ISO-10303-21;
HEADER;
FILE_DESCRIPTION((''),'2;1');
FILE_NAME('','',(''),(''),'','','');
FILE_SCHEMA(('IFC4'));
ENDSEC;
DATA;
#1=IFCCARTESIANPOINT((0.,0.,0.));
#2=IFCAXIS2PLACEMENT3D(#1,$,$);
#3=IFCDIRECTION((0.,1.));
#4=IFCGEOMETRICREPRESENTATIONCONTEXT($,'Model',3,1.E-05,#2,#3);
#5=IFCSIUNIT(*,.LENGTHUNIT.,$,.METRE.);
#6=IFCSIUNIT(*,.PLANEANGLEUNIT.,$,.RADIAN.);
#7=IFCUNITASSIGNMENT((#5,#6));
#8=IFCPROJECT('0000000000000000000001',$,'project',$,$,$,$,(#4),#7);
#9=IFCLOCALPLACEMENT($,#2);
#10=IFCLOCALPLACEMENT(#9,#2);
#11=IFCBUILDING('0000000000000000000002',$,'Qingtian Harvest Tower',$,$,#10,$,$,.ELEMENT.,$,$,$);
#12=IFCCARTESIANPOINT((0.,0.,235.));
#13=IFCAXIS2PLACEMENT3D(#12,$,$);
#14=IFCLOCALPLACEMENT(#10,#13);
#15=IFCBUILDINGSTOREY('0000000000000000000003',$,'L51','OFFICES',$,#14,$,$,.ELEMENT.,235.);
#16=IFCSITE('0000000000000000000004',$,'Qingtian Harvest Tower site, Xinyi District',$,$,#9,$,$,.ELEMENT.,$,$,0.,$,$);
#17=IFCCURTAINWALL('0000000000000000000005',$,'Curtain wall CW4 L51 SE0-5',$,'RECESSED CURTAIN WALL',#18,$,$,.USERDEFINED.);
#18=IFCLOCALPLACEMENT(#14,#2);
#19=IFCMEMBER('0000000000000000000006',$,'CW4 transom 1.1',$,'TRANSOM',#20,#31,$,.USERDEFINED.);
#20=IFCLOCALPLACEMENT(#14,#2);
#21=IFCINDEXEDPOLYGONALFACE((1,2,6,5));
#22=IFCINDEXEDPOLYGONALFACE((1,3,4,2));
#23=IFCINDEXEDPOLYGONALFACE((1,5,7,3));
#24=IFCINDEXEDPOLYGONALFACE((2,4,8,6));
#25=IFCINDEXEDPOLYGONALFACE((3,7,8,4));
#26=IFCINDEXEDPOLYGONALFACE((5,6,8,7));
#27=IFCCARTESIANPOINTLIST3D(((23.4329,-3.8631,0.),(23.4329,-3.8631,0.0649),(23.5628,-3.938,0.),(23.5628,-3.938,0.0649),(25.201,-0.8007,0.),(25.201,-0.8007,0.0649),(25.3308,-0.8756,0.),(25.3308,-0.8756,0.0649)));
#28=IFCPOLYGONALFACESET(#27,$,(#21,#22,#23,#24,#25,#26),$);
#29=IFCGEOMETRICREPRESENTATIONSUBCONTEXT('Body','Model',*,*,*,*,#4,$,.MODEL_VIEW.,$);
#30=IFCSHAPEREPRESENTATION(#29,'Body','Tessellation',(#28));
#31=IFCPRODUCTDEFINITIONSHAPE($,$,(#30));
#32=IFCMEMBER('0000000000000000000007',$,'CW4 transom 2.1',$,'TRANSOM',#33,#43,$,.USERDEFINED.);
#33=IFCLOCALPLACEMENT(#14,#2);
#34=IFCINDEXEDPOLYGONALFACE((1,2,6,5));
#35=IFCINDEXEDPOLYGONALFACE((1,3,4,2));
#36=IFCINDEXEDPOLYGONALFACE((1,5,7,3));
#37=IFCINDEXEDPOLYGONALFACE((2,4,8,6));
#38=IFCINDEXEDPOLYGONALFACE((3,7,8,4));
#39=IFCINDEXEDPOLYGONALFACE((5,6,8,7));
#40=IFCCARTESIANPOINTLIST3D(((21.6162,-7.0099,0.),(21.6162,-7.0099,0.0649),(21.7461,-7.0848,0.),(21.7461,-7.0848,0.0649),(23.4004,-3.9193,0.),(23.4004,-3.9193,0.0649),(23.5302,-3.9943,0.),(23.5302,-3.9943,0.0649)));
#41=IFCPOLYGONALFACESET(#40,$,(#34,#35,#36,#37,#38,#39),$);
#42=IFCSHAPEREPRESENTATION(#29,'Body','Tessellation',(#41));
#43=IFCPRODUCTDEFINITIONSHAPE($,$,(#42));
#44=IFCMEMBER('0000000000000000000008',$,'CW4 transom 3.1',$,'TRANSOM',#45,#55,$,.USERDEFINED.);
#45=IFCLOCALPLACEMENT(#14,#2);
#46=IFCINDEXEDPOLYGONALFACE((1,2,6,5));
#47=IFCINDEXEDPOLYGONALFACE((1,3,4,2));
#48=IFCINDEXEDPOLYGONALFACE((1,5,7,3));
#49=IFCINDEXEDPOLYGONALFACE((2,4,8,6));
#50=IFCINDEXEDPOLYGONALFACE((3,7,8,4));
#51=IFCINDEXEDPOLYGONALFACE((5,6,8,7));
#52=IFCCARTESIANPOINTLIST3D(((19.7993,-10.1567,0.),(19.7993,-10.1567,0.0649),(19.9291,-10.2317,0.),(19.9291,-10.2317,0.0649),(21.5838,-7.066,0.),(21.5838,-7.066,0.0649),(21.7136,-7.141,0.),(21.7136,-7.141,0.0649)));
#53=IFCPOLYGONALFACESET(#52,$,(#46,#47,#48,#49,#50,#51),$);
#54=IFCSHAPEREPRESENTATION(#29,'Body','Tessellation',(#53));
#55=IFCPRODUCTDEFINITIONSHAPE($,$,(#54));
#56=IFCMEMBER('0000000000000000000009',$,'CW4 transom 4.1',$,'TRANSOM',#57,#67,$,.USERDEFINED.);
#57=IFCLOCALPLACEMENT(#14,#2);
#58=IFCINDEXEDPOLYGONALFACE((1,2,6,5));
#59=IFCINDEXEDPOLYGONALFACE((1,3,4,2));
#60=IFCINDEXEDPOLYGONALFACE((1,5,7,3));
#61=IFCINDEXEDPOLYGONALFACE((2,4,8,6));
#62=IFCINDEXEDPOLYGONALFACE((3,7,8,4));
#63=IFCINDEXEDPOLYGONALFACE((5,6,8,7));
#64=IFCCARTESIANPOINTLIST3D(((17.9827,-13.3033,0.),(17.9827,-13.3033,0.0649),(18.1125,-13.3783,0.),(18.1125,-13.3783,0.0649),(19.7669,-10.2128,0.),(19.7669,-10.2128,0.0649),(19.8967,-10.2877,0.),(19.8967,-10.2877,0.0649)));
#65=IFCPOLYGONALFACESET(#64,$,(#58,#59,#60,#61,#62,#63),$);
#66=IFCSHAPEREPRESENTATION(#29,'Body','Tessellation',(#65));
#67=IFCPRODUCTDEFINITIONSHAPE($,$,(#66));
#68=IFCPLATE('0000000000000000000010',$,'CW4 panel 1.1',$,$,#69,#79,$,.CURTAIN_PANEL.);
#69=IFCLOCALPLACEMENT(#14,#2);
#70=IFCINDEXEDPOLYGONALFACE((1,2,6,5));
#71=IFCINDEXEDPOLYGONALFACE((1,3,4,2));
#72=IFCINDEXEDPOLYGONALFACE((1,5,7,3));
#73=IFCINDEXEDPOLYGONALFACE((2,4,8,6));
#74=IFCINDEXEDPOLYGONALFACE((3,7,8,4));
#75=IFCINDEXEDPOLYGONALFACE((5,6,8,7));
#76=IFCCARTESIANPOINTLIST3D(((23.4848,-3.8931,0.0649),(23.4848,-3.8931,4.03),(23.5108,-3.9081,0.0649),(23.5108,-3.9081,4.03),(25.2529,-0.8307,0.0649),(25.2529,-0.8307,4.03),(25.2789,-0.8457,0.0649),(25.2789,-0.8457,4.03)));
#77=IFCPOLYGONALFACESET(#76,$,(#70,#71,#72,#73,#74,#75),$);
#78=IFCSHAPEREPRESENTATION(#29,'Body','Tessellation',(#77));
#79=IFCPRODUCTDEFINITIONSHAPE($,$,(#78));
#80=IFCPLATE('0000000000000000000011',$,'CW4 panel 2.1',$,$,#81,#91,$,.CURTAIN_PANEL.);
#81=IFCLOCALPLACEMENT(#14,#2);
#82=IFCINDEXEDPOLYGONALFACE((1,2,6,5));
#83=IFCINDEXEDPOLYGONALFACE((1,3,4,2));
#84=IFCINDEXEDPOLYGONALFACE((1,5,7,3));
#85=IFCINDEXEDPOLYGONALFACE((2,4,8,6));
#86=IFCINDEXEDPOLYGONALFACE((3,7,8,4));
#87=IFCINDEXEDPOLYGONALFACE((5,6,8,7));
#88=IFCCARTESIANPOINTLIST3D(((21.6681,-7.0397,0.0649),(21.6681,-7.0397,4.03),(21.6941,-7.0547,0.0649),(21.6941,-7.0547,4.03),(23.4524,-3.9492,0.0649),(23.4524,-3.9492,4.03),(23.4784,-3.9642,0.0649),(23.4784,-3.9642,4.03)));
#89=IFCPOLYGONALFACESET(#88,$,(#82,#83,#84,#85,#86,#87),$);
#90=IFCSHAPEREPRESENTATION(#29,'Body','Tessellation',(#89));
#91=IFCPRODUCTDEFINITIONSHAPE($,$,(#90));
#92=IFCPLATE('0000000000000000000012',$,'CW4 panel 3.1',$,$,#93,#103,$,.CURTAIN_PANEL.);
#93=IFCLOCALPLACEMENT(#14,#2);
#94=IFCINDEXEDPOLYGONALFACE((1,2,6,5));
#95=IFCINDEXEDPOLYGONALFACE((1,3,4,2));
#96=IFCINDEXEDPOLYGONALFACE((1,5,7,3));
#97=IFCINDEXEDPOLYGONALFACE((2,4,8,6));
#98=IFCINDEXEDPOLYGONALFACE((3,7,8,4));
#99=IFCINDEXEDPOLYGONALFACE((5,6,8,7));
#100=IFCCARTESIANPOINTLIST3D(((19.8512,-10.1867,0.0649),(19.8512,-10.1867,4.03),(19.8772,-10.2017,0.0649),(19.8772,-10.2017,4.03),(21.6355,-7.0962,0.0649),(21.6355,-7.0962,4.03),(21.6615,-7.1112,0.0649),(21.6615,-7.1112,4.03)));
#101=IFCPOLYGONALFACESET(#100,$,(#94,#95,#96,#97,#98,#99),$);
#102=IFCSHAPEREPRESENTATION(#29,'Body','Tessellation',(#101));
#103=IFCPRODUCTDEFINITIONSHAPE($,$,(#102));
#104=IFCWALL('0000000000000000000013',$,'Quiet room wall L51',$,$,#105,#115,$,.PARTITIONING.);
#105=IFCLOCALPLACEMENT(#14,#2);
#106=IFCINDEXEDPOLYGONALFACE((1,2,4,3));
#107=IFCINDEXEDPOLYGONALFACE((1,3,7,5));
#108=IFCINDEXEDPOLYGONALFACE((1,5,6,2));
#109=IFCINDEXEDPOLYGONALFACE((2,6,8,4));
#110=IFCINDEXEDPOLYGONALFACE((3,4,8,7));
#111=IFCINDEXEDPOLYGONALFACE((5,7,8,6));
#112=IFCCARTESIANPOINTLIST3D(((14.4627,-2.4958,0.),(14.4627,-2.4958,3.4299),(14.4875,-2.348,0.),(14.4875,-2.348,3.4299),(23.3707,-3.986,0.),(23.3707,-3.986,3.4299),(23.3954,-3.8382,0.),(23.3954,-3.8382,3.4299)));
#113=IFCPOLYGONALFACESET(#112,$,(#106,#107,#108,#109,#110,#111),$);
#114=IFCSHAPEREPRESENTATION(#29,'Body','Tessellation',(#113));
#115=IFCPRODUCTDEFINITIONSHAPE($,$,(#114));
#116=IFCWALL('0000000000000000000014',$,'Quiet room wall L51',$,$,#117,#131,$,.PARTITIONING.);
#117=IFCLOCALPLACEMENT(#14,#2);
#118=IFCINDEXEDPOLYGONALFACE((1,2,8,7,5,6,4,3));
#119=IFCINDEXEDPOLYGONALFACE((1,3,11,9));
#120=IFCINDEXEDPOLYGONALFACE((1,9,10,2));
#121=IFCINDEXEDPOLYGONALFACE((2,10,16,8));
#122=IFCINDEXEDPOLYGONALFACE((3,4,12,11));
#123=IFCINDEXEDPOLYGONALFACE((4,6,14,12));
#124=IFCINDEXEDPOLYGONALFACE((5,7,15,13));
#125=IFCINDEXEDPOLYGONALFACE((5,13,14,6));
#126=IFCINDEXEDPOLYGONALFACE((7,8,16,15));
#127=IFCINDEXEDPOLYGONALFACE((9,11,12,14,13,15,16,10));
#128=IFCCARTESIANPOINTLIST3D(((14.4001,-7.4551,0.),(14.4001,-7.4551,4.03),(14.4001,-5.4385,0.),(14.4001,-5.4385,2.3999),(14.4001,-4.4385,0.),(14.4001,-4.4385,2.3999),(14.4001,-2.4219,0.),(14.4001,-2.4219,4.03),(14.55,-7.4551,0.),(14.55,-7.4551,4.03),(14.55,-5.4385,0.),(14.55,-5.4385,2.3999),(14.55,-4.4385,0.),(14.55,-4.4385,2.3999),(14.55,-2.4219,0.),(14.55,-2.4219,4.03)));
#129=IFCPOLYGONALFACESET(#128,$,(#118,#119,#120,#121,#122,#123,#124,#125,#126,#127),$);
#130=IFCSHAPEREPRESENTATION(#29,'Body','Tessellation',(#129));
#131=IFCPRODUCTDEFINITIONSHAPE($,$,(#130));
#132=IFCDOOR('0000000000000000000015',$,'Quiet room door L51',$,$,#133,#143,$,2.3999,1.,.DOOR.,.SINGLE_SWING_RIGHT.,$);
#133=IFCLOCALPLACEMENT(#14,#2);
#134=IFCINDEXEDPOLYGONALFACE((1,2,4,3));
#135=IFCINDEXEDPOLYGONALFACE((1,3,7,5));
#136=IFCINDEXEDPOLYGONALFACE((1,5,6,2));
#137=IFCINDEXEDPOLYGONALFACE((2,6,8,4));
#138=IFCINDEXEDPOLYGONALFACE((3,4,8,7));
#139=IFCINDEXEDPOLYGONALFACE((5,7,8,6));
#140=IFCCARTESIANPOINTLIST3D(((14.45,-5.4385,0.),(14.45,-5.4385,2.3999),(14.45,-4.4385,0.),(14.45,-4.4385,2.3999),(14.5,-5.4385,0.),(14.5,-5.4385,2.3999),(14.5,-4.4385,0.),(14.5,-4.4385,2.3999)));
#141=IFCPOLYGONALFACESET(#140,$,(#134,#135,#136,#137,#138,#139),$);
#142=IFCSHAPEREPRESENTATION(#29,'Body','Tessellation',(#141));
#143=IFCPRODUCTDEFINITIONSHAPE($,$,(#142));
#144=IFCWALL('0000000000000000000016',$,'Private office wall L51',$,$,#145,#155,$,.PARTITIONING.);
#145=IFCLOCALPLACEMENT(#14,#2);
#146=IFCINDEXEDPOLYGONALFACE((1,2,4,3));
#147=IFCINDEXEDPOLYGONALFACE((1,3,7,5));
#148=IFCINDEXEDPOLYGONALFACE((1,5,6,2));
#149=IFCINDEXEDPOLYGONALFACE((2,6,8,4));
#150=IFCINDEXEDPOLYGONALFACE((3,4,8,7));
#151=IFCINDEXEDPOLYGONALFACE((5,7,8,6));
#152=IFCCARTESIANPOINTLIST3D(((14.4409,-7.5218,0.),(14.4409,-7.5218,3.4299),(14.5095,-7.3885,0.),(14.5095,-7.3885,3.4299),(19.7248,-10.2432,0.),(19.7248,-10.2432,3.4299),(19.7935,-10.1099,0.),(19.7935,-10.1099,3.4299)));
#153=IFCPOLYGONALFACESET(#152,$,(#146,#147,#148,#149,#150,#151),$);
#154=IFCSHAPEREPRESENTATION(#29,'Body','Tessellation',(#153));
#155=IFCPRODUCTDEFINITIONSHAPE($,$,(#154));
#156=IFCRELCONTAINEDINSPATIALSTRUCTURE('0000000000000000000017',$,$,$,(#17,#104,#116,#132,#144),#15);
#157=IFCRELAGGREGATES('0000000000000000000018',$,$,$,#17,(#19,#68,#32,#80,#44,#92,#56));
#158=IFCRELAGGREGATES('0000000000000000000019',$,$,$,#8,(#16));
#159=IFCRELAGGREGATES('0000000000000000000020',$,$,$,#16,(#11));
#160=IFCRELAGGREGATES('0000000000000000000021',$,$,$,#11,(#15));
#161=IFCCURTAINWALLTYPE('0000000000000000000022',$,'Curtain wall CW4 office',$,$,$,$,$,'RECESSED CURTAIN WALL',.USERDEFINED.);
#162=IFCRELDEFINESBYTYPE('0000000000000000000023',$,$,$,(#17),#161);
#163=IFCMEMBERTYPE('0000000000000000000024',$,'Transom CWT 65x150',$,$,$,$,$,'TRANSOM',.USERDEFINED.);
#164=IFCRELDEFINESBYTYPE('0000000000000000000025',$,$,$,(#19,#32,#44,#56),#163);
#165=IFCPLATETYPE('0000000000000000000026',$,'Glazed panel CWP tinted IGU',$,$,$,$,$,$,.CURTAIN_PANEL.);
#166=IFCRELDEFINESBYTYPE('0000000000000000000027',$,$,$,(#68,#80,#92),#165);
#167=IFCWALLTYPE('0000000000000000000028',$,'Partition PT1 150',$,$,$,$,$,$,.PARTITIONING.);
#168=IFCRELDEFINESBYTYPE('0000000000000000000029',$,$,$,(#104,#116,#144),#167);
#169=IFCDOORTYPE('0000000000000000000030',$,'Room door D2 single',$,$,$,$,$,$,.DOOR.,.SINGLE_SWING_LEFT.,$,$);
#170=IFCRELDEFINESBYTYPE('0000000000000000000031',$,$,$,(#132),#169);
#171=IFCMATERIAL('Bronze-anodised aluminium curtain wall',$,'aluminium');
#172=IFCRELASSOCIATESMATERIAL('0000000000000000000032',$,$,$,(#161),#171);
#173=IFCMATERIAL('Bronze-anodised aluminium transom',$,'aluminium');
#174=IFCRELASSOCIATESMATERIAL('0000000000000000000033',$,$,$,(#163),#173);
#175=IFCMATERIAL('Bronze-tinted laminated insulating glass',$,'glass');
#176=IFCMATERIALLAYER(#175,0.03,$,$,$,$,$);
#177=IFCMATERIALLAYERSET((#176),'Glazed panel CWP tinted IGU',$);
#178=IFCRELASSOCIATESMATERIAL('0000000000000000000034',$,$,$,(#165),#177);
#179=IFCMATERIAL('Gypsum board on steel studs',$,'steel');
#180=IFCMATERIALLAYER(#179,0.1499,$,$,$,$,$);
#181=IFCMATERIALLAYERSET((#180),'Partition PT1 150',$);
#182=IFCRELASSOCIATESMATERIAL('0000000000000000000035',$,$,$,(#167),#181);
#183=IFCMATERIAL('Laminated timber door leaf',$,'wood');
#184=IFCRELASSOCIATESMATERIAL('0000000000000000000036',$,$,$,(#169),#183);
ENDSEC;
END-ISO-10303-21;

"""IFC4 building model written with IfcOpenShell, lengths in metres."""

from ifc_helpers import new_model, si_unit, direction, frame, frame_2d, origin, origin_2d, place, context, subcontext, project, spatial, rectangle, extrude, material, layer, layer_set, material_profile, profile_set, type_object, element, fill, aggregate, save


model = new_model("IFC4")

# Units and contexts
model_context = context("Model", 3, precision=1e-05, world=origin(), true_north=direction((0.0, 1.0)))
body_context = subcontext(model_context, "Body", "Model", "MODEL_VIEW")
ifc_project = project(units=[si_unit("LENGTHUNIT", "METRE"), si_unit("PLANEANGLEUNIT", "RADIAN")], contexts=[model_context])

# Site, building, storey
site_placement = place(None, origin())
site = spatial("IfcSite", under=ifc_project, at=site_placement, Name="Qingtian Harvest Tower site, Xinyi District", CompositionType="ELEMENT", RefElevation=0.0)
building_placement = place(site_placement, origin())
building = spatial("IfcBuilding", under=site, at=building_placement, Name="Qingtian Harvest Tower", CompositionType="ELEMENT")
storey_placement = place(building_placement, frame((0.0, 0.0, 235.0)))
storey = spatial("IfcBuildingStorey", under=building, at=storey_placement, Name="L51", Description="OFFICES", CompositionType="ELEMENT", Elevation=235.0)

# Shared definitions
ifc_material_1 = material(Name="Bronze-anodised aluminium curtain wall", Category="aluminium")
curtain_wall_type = type_object("IfcCurtainWallType", Name="Curtain wall CW4 office", ElementType="RECESSED CURTAIN WALL", PredefinedType="USERDEFINED", material=ifc_material_1)

# Curtain wall
curtain_wall_1_placement = place(storey_placement, origin())
curtain_wall_1 = element("IfcCurtainWall", 1, at=curtain_wall_1_placement, inside=storey, type_object=curtain_wall_type, Name="Curtain wall CW4 L51 SE0-5", ObjectType="RECESSED CURTAIN WALL", PredefinedType="USERDEFINED")

# Members
ifc_material_2 = material(Name="Bronze-anodised aluminium transom", Category="aluminium")
ifc_material_profile_1 = material_profile(ifc_material_2, rectangle(XDim=0.1499, YDim=0.0649, at=origin_2d()), Name="AL 65x150")
ifc_profile_set_1 = profile_set([ifc_material_profile_1], Name="Bronze-anodised aluminium transom")
member_type_1 = type_object("IfcMemberType", Name="Transom CWT 65x150", ElementType="TRANSOM", PredefinedType="USERDEFINED", material=ifc_profile_set_1)
member_1_placement = place(storey_placement, frame((25.2659, -0.8381, 0.0325), z_axis=(-0.499985, -0.866034, 0.0), x_axis=(0.866034, -0.499985, 0.0)))
member_1 = element("IfcMember", 2, at=member_1_placement, type_object=member_type_1, Name="CW4 transom 1.1", ObjectType="TRANSOM", PredefinedType="USERDEFINED", context=body_context, shape_type="SweptSolid", body=[
    extrude(rectangle(XDim=0.1499, YDim=0.0649, at=origin_2d()), origin(), (0.0, 0.0, 1.0), 3.5361),
])
member_2_placement = place(storey_placement, frame((23.4653, -3.9568, 0.0325), z_axis=(-0.499965, -0.866045, 0.0), x_axis=(0.866045, -0.499965, 0.0)))
member_2 = element("IfcMember", 3, at=member_2_placement, type_object=member_type_1, Name="CW4 transom 2.1", ObjectType="TRANSOM", PredefinedType="USERDEFINED", context=body_context, shape_type="SweptSolid", body=[
    extrude(rectangle(XDim=0.1499, YDim=0.0649, at=origin_2d()), origin(), (0.0, 0.0, 1.0), 3.5686),
])
member_3_placement = place(storey_placement, frame((21.6487, -7.1035, 0.0325), z_axis=(-0.500017, -0.866016, 0.0), x_axis=(0.866016, -0.500017, 0.0)))
member_3 = element("IfcMember", 4, at=member_3_placement, type_object=member_type_1, Name="CW4 transom 3.1", ObjectType="TRANSOM", PredefinedType="USERDEFINED", context=body_context, shape_type="SweptSolid", body=[
    extrude(rectangle(XDim=0.1499, YDim=0.0649, at=origin_2d()), origin(), (0.0, 0.0, 1.0), 3.5688),
])
member_4_placement = place(storey_placement, frame((19.8318, -10.2502, 0.0325), z_axis=(-0.499965, -0.866045, 0.0), x_axis=(0.866045, -0.499965, 0.0)))
member_4 = element("IfcMember", 5, at=member_4_placement, type_object=member_type_1, Name="CW4 transom 4.1", ObjectType="TRANSOM", PredefinedType="USERDEFINED", context=body_context, shape_type="SweptSolid", body=[
    extrude(rectangle(XDim=0.1499, YDim=0.0649, at=origin_2d()), origin(), (0.0, 0.0, 1.0), 3.5686),
])

# Plates
ifc_material_3 = material(Name="Bronze-tinted laminated insulating glass", Category="glass")
ifc_layer_1 = layer(ifc_material_3, 0.03)
ifc_layer_set_1 = layer_set([ifc_layer_1], Name="Glazed panel CWP tinted IGU")
plate_type = type_object("IfcPlateType", Name="Glazed panel CWP tinted IGU", PredefinedType="CURTAIN_PANEL", material=ifc_layer_set_1)
plate_1_placement = place(storey_placement, frame((24.3818, -2.3694, 0.0649), z_axis=(0.0, 0.0, 1.0), x_axis=(-0.5, -0.866025, 0.0)))
plate_1 = element("IfcPlate", 6, at=plate_1_placement, type_object=plate_type, Name="CW4 panel 1.1", PredefinedType="CURTAIN_PANEL", context=body_context, shape_type="SweptSolid", body=[
    extrude(rectangle(XDim=3.5361, YDim=0.03, at=origin_2d()), origin(), (0.0, 0.0, 1.0), 3.9651),
])
plate_2_placement = place(storey_placement, frame((22.5732, -5.502, 0.0649), z_axis=(0.0, 0.0, 1.0), x_axis=(-0.5, -0.866025, 0.0)))
plate_2 = element("IfcPlate", 7, at=plate_2_placement, type_object=plate_type, Name="CW4 panel 2.1", PredefinedType="CURTAIN_PANEL", context=body_context, shape_type="SweptSolid", body=[
    extrude(rectangle(XDim=3.5686, YDim=0.03, at=origin_2d()), origin(), (0.0, 0.0, 1.0), 3.9651),
])
plate_3_placement = place(storey_placement, frame((20.7563, -8.6489, 0.0649), z_axis=(0.0, 0.0, 1.0), x_axis=(-0.5, -0.866025, 0.0)))
plate_3 = element("IfcPlate", 8, at=plate_3_placement, type_object=plate_type, Name="CW4 panel 3.1", PredefinedType="CURTAIN_PANEL", context=body_context, shape_type="SweptSolid", body=[
    extrude(rectangle(XDim=3.5686, YDim=0.03, at=origin_2d()), origin(), (0.0, 0.0, 1.0), 3.9651),
])
aggregate(curtain_wall_1, [member_1, plate_1, member_2, plate_2, member_3, plate_3, member_4])

# Wall
ifc_material_4 = material(Name="Gypsum board on steel studs", Category="steel")
ifc_layer_2 = layer(ifc_material_4, 0.1499)
ifc_layer_set_2 = layer_set([ifc_layer_2], Name="Partition PT1 150")
wall_type = type_object("IfcWallType", Name="Partition PT1 150", PredefinedType="PARTITIONING", material=ifc_layer_set_2)
wall_1_placement = place(storey_placement, frame((23.3831, -3.9121, 0.0), z_axis=(0.0, 0.0, 1.0), x_axis=(-0.986294, 0.164999, 0.0)))
element("IfcWall", 9, at=wall_1_placement, inside=storey, type_object=wall_type, Name="Quiet room wall L51", PredefinedType="PARTITIONING", context=body_context, shape_type="SweptSolid", body=[
    extrude(rectangle(XDim=9.0317, YDim=0.1499, at=frame_2d((4.5159, 0.0))), origin(), (0.0, 0.0, 1.0), 3.4299),
])

# Wall, opening, door
wall_2_placement = place(storey_placement, frame((14.4751, -2.4219, 0.0), z_axis=(0.0, 0.0, 1.0), x_axis=(0.0, -1.0, 0.0)))
wall_2 = element("IfcWall", 10, at=wall_2_placement, inside=storey, type_object=wall_type, Name="Quiet room wall L51", PredefinedType="PARTITIONING", context=body_context, shape_type="SweptSolid", body=[
    extrude(rectangle(XDim=5.0332, YDim=0.1499, at=frame_2d((2.5166, 0.0))), origin(), (0.0, 0.0, 1.0), 4.03),
])
opening_1_placement = place(wall_2_placement, frame((2.0166, 0.0, 0.0)))
opening_1 = element("IfcOpeningElement", 11, at=opening_1_placement, cuts=wall_2, PredefinedType="OPENING", context=body_context, shape_type="SweptSolid", body=[
    extrude(rectangle(XDim=1.0, YDim=2.3999, at=frame_2d((0.5, 1.2))), frame((0.0, 0.085, 0.0), z_axis=(0.0, -1.0, 0.0), x_axis=(1.0, 0.0, 0.0)), (0.0, 0.0, 1.0), 0.1699),
])
ifc_material_5 = material(Name="Laminated timber door leaf", Category="wood")
door_type = type_object("IfcDoorType", Name="Room door D2 single", OperationType="SINGLE_SWING_LEFT", PredefinedType="DOOR", material=ifc_material_5)
door_1_placement = place(opening_1_placement, origin())
door_1 = element("IfcDoor", 12, at=door_1_placement, inside=storey, type_object=door_type, Name="Quiet room door L51", OperationType="SINGLE_SWING_RIGHT", OverallHeight=2.3999, OverallWidth=1.0, PredefinedType="DOOR", context=body_context, shape_type="SweptSolid", body=[
    extrude(rectangle(XDim=1.0, YDim=2.3999, at=frame_2d((0.5, 1.2))), frame((0.0, 0.0249, 0.0), z_axis=(0.0, -1.0, 0.0), x_axis=(1.0, 0.0, 0.0)), (0.0, 0.0, 1.0), 0.05),
])
fill(opening_1, door_1)

# Wall
wall_3_placement = place(storey_placement, frame((19.759, -10.1765, 0.0), z_axis=(0.0, 0.0, 1.0), x_axis=(-0.889015, 0.457878, 0.0)))
element("IfcWall", 13, at=wall_3_placement, inside=storey, type_object=wall_type, Name="Private office wall L51", PredefinedType="PARTITIONING", context=body_context, shape_type="SweptSolid", body=[
    extrude(rectangle(XDim=5.9436, YDim=0.1499, at=frame_2d((2.9717, 0.0))), origin(), (0.0, 0.0, 1.0), 3.4299),
])

save(model, "model.ifc")
